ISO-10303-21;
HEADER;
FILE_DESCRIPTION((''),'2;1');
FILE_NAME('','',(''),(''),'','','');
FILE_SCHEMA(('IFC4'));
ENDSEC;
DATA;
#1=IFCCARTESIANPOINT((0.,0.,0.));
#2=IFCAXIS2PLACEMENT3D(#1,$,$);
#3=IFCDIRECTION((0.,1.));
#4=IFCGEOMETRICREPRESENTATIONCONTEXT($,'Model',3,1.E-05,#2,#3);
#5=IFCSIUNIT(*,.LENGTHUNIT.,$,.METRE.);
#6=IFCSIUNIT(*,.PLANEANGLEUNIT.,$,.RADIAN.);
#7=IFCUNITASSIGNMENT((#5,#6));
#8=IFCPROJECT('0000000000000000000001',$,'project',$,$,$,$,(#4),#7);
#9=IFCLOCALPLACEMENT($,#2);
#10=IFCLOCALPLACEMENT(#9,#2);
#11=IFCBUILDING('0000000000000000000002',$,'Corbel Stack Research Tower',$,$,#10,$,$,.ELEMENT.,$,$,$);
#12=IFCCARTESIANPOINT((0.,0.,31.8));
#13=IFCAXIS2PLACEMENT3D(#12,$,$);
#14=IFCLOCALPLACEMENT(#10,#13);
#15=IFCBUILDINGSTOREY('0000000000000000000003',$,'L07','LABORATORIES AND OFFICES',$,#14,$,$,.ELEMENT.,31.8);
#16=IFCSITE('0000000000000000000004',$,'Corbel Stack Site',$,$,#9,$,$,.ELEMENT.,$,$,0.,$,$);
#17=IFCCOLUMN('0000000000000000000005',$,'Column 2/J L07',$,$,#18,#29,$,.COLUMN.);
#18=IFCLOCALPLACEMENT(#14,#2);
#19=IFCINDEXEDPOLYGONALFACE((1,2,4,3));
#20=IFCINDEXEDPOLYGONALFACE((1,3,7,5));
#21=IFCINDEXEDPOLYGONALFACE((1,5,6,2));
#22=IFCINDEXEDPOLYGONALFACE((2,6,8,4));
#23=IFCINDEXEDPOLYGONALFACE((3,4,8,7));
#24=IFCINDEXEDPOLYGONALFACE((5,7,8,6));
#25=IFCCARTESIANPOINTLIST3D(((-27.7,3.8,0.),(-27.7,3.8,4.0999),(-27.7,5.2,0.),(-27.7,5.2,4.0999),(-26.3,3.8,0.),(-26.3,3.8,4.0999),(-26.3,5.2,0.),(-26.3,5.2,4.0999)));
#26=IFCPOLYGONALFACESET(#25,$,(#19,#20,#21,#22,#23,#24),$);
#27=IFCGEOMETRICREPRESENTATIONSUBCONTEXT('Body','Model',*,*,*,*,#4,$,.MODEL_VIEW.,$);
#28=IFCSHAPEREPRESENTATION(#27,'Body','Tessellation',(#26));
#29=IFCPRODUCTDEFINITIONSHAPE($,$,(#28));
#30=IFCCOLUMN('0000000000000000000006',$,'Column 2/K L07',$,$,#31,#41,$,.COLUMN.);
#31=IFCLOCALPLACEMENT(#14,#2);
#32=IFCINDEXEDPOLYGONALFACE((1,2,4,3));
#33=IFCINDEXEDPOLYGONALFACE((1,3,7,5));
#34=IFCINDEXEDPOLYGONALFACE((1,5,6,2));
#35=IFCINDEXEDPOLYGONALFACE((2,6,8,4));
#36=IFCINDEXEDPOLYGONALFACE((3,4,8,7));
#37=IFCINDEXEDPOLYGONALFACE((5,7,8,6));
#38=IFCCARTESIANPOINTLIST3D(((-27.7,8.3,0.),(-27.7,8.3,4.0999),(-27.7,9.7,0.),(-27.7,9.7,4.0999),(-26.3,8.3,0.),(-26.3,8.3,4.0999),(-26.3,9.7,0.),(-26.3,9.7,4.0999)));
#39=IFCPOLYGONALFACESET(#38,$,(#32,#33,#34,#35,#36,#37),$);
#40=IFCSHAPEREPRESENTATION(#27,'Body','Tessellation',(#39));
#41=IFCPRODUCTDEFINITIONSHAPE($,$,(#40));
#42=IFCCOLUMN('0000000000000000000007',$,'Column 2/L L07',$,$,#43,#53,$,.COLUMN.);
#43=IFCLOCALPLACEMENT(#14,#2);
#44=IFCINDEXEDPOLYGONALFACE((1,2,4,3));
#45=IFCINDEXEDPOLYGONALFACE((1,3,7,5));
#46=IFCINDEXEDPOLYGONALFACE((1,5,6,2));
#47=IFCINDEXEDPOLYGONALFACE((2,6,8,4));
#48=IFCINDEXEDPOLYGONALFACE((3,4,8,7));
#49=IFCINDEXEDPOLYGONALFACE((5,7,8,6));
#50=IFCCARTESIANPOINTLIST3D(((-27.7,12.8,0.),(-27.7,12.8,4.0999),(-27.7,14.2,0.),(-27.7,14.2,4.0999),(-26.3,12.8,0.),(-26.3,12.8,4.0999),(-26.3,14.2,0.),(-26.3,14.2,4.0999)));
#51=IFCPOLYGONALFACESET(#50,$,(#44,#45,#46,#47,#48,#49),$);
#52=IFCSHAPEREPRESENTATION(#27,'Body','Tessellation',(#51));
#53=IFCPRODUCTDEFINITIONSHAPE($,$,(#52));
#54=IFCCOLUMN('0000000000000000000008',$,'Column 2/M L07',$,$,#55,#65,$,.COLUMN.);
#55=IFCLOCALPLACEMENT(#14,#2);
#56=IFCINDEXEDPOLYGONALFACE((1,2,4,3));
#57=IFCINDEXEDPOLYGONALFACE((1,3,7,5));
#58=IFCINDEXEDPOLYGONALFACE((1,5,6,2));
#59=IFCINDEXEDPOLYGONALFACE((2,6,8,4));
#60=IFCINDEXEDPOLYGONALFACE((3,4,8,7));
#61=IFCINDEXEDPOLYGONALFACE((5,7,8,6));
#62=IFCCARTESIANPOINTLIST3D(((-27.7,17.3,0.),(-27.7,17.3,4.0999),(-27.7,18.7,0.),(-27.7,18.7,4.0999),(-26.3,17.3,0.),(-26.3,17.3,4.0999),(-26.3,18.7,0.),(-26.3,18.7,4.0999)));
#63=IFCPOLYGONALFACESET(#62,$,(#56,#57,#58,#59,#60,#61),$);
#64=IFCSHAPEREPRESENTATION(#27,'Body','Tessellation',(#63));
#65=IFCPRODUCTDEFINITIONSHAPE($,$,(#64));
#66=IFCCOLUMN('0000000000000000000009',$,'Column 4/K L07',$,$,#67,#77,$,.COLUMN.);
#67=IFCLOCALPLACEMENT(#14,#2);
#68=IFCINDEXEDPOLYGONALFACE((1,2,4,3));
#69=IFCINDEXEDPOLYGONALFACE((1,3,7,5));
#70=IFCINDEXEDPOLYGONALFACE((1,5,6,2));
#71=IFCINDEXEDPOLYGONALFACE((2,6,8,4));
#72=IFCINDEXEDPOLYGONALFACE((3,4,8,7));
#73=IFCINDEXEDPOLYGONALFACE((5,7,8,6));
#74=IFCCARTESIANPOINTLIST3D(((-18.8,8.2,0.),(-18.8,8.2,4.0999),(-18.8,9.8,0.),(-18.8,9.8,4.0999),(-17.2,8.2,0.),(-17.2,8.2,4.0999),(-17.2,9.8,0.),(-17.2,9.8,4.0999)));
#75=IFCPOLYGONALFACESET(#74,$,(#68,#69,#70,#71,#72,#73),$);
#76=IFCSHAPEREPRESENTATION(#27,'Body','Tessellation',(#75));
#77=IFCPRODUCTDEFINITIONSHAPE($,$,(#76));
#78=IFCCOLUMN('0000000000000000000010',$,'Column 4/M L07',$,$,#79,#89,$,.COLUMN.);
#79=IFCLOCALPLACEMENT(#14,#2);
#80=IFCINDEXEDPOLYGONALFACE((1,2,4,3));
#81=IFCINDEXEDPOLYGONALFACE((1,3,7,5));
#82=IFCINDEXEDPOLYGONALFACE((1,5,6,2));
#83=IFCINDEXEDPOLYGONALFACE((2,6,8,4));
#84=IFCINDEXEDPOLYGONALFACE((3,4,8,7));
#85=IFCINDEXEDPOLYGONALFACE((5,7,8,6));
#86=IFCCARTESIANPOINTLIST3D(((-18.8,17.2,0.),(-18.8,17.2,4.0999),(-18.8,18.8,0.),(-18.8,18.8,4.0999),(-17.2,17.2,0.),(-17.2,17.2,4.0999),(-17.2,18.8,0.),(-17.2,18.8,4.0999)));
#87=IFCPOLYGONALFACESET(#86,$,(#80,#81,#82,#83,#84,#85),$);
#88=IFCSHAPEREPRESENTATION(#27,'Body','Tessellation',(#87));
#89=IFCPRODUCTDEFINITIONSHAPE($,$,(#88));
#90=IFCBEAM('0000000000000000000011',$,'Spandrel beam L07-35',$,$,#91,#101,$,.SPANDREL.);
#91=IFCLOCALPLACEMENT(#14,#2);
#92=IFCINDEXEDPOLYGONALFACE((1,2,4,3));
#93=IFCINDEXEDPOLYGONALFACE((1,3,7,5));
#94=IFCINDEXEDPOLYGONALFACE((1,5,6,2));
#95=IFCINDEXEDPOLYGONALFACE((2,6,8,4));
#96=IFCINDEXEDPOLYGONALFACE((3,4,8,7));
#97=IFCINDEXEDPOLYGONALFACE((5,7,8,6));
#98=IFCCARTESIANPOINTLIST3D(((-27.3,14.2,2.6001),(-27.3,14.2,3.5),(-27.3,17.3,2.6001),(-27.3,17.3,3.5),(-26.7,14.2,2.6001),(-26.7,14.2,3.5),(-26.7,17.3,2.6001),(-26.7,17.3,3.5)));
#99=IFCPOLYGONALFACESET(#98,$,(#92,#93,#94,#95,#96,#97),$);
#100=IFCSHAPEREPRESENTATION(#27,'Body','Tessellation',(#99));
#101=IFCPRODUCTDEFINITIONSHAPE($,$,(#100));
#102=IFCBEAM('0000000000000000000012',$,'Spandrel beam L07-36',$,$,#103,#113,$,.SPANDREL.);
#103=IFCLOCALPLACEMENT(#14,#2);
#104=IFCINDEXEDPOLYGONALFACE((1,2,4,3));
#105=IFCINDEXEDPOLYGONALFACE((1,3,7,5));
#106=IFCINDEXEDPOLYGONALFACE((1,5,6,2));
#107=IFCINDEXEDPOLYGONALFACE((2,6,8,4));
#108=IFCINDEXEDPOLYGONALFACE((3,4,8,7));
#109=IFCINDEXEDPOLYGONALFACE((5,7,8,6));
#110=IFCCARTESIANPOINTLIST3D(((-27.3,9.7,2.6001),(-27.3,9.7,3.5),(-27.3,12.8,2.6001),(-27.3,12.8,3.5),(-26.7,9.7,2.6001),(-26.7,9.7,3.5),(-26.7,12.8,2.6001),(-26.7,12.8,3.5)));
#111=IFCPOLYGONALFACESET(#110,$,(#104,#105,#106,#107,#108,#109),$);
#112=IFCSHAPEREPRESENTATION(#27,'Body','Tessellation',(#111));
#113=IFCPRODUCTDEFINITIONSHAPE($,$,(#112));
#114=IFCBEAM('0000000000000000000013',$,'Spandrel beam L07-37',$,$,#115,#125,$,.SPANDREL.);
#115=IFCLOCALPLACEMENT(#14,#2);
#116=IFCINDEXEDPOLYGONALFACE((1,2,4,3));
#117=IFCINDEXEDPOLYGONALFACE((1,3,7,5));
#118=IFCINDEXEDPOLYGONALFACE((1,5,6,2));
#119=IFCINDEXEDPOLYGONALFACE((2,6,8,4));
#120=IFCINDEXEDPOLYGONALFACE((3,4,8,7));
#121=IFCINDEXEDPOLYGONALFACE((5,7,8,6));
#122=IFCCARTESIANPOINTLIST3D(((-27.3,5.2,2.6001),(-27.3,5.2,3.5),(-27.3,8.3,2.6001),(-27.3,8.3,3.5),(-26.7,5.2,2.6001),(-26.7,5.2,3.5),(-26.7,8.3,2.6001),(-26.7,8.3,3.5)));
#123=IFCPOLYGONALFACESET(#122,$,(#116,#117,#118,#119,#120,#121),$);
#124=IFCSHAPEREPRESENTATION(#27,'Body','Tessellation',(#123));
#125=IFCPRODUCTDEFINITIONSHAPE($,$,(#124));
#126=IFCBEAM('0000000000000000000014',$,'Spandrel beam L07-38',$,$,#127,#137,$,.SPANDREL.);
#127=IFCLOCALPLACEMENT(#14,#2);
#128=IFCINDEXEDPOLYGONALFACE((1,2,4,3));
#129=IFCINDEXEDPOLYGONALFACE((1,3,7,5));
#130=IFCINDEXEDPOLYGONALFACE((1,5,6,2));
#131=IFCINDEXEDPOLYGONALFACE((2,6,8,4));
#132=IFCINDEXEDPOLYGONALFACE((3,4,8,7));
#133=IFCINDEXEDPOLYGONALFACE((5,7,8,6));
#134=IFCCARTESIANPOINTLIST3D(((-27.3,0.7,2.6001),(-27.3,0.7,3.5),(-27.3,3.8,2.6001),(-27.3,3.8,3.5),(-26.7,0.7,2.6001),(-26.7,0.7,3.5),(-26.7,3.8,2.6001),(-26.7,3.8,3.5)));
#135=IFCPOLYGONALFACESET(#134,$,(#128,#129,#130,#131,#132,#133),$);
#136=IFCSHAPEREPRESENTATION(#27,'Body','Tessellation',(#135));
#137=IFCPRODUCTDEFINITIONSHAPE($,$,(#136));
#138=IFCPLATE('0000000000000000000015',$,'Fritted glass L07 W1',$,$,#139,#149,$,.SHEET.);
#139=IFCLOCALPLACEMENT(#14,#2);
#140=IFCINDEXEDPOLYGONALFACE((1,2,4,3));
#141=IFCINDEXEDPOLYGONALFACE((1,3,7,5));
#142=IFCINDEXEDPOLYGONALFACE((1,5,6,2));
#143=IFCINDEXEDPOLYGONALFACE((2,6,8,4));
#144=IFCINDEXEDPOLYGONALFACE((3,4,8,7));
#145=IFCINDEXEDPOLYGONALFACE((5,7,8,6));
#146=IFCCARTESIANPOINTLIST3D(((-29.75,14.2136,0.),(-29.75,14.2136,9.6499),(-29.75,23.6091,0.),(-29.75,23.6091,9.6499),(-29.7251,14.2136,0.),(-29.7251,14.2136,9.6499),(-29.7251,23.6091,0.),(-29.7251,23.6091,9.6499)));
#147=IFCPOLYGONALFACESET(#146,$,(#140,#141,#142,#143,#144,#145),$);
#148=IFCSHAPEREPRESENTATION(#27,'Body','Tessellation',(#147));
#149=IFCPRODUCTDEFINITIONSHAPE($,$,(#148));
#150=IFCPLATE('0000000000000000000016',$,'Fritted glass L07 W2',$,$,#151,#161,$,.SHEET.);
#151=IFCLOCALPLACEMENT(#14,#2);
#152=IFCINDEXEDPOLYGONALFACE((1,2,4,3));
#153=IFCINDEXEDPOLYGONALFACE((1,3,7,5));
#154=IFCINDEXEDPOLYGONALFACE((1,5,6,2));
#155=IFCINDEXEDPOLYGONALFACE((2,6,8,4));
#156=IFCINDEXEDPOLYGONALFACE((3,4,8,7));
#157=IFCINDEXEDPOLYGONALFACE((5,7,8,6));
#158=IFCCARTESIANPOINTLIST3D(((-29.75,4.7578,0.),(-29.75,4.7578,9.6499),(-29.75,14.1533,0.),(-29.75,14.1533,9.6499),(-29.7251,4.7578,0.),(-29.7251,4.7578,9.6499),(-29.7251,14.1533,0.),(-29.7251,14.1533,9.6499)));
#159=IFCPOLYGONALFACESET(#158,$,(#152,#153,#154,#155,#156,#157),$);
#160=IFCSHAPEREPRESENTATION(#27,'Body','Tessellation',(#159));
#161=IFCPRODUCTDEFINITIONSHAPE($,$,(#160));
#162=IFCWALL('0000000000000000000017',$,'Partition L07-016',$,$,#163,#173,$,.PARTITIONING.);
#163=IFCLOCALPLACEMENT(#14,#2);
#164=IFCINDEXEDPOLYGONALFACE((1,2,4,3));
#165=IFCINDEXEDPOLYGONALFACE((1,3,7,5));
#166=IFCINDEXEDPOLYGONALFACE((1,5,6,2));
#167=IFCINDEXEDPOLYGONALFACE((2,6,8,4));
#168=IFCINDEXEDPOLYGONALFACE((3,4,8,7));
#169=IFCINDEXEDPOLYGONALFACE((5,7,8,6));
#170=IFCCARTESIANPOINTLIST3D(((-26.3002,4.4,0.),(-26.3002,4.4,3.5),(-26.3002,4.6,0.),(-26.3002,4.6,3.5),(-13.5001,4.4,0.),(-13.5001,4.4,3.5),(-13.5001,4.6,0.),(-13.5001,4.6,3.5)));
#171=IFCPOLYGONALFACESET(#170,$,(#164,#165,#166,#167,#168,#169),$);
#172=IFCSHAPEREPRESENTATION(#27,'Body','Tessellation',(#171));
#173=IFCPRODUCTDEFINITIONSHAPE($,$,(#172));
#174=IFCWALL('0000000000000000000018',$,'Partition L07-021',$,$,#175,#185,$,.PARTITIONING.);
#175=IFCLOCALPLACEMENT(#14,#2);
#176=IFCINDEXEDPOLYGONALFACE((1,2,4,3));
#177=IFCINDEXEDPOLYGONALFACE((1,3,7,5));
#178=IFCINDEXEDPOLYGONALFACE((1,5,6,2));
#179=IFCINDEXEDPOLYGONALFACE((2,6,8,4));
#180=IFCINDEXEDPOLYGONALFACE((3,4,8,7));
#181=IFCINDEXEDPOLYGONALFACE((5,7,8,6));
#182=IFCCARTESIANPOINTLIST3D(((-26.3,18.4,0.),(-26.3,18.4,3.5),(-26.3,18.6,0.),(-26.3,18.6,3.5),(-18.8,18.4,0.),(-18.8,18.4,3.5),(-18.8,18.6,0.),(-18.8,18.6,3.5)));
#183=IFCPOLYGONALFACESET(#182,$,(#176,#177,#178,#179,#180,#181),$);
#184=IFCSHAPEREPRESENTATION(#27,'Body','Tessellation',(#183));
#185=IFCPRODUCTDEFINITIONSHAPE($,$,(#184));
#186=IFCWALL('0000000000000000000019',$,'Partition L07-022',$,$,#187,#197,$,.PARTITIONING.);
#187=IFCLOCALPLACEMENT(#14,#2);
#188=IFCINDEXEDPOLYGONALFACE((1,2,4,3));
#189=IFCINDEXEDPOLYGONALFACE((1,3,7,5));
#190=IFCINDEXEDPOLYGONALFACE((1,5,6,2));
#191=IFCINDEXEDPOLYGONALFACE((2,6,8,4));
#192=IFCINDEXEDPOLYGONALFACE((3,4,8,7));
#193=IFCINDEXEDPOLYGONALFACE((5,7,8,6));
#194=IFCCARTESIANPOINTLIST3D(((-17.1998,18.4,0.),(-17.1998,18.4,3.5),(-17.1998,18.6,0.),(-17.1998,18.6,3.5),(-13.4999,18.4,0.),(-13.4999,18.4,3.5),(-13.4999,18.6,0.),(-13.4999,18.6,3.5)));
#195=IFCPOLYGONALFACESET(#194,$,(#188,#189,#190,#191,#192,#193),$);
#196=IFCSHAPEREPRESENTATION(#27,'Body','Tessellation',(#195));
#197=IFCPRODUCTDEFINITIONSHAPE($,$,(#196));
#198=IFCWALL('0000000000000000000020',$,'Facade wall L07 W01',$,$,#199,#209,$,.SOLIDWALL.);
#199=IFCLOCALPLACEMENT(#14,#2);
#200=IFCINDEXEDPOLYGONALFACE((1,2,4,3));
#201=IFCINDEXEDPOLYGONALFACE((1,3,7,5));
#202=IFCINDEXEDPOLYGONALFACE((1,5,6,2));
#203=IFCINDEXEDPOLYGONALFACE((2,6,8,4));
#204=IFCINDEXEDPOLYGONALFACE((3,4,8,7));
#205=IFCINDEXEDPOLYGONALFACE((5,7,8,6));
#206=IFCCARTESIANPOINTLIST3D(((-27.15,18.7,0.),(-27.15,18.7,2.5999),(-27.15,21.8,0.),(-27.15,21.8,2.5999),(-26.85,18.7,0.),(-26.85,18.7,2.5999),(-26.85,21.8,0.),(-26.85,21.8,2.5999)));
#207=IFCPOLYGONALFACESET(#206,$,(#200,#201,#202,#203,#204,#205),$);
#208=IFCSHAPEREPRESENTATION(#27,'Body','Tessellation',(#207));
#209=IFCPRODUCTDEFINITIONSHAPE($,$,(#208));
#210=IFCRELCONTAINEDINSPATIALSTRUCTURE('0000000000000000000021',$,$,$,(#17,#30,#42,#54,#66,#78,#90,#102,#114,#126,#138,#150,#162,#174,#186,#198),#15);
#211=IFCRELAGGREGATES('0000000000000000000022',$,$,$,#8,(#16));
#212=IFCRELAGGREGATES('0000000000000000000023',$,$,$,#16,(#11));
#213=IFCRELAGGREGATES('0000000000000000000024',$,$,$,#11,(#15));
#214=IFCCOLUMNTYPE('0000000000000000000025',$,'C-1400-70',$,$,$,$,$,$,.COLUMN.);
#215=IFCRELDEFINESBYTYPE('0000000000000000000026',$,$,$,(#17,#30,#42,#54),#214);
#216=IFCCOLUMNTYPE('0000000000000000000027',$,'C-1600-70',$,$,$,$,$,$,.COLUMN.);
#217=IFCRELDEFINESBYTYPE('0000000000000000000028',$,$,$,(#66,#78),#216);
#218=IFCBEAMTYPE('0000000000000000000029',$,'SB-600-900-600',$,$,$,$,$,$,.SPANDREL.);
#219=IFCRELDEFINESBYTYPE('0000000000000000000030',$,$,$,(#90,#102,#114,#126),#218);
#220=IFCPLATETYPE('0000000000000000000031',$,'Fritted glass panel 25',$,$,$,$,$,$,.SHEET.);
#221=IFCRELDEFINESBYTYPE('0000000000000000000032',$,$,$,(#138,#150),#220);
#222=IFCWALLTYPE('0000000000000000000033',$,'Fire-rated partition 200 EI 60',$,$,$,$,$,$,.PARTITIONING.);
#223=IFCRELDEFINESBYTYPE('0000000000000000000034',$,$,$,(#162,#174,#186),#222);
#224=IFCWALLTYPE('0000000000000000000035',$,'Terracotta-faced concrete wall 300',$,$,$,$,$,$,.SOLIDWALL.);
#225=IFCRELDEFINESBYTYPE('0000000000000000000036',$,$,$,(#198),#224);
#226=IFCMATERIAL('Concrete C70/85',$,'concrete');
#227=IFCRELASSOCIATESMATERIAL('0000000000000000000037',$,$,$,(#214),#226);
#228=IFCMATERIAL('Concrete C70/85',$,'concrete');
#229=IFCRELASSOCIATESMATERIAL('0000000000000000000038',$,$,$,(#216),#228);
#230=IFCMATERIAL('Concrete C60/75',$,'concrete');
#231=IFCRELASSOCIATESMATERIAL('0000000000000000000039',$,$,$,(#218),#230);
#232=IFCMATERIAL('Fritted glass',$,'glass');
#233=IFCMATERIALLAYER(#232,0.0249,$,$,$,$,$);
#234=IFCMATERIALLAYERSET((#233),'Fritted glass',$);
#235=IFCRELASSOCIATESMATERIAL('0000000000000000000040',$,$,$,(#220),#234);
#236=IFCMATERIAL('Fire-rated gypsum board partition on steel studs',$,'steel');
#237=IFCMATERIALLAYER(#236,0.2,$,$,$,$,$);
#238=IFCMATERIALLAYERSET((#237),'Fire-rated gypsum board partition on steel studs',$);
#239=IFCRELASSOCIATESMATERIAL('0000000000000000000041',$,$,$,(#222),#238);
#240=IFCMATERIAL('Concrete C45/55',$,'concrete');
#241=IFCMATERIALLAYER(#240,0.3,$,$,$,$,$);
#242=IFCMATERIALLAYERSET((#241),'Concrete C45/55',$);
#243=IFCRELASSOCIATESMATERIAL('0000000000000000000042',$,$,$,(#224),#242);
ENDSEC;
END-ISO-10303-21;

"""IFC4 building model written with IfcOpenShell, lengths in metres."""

from ifc_helpers import new_model, si_unit, direction, frame, frame_2d, origin, origin_2d, place, context, subcontext, project, spatial, rectangle, extrude, material, layer, layer_set, material_profile, profile_set, type_object, element, save


model = new_model("IFC4")

# Units and contexts
model_context = context("Model", 3, precision=1e-05, world=origin(), true_north=direction((0.0, 1.0)))
body_context = subcontext(model_context, "Body", "Model", "MODEL_VIEW")
ifc_project = project(units=[si_unit("LENGTHUNIT", "METRE"), si_unit("PLANEANGLEUNIT", "RADIAN")], contexts=[model_context])

# Site, building, storey
site_placement = place(None, origin())
site = spatial("IfcSite", under=ifc_project, at=site_placement, Name="Corbel Stack Site", CompositionType="ELEMENT", RefElevation=0.0)
building_placement = place(site_placement, origin())
building = spatial("IfcBuilding", under=site, at=building_placement, Name="Corbel Stack Research Tower", CompositionType="ELEMENT")
storey_placement = place(building_placement, frame((0.0, 0.0, 31.8)))
storey = spatial("IfcBuildingStorey", under=building, at=storey_placement, Name="L07", Description="LABORATORIES AND OFFICES", CompositionType="ELEMENT", Elevation=31.8)

# Columns
ifc_material_1 = material(Name="Concrete C70/85", Category="concrete")
ifc_material_profile_1 = material_profile(ifc_material_1, rectangle(XDim=1.3999, YDim=1.3999, at=origin_2d()), Name="RC 1400 x 1400")
ifc_profile_set_1 = profile_set([ifc_material_profile_1], Name="Concrete C70/85")
column_type_1 = type_object("IfcColumnType", Name="C-1400-70", PredefinedType="COLUMN", material=ifc_profile_set_1)
for number, where, z_axis, x_axis, name in (
    (1, (-27.0, 4.5, 0.0), (0.0, 0.0, 1.0), (1.0, 0.0, 0.0), "Column 2/J L07"),
    (2, (-27.0, 9.0, 0.0), (0.0, 0.0, 1.0), (1.0, 0.0, 0.0), "Column 2/K L07"),
    (3, (-27.0, 13.5, 0.0), (0.0, 0.0, 1.0), (1.0, 0.0, 0.0), "Column 2/L L07"),
    (4, (-27.0, 18.0, 0.0), (0.0, 0.0, 1.0), (1.0, 0.0, 0.0), "Column 2/M L07"),
):
    element("IfcColumn", number, at=place(storey_placement, frame(where, z_axis=z_axis, x_axis=x_axis)), inside=storey, type_object=column_type_1, Name=name, PredefinedType="COLUMN", context=body_context, shape_type="SweptSolid", body=[
        extrude(rectangle(XDim=1.3999, YDim=1.3999, at=origin_2d()), origin(), (0.0, 0.0, 1.0), 4.0999),
    ])
ifc_material_2 = material(Name="Concrete C70/85", Category="concrete")
ifc_material_profile_2 = material_profile(ifc_material_2, rectangle(XDim=1.6001, YDim=1.6001, at=origin_2d()), Name="RC 1600 x 1600")
ifc_profile_set_2 = profile_set([ifc_material_profile_2], Name="Concrete C70/85")
column_type_2 = type_object("IfcColumnType", Name="C-1600-70", PredefinedType="COLUMN", material=ifc_profile_set_2)
for number, where, z_axis, x_axis, name in (
    (5, (-18.0, 9.0, 0.0), (0.0, 0.0, 1.0), (1.0, 0.0, 0.0), "Column 4/K L07"),
    (6, (-18.0, 18.0, 0.0), (0.0, 0.0, 1.0), (1.0, 0.0, 0.0), "Column 4/M L07"),
):
    element("IfcColumn", number, at=place(storey_placement, frame(where, z_axis=z_axis, x_axis=x_axis)), inside=storey, type_object=column_type_2, Name=name, PredefinedType="COLUMN", context=body_context, shape_type="SweptSolid", body=[
        extrude(rectangle(XDim=1.6001, YDim=1.6001, at=origin_2d()), origin(), (0.0, 0.0, 1.0), 4.0999),
    ])

# Beams
ifc_material_3 = material(Name="Concrete C60/75", Category="concrete")
ifc_material_profile_3 = material_profile(ifc_material_3, rectangle(XDim=0.6001, YDim=0.8999, at=origin_2d()), Name="RC 600 x 900")
ifc_profile_set_3 = profile_set([ifc_material_profile_3], Name="Concrete C60/75")
beam_type = type_object("IfcBeamType", Name="SB-600-900-600", PredefinedType="SPANDREL", material=ifc_profile_set_3)
for number, where, z_axis, x_axis, name in (
    (7, (-27.0, 17.3, 3.05), (0.0, -1.0, 0.0), (1.0, 0.0, 0.0), "Spandrel beam L07-35"),
    (8, (-27.0, 12.8, 3.05), (0.0, -1.0, 0.0), (1.0, 0.0, 0.0), "Spandrel beam L07-36"),
    (9, (-27.0, 8.3, 3.05), (0.0, -1.0, 0.0), (1.0, 0.0, 0.0), "Spandrel beam L07-37"),
    (10, (-27.0, 3.8, 3.05), (0.0, -1.0, 0.0), (1.0, 0.0, 0.0), "Spandrel beam L07-38"),
):
    element("IfcBeam", number, at=place(storey_placement, frame(where, z_axis=z_axis, x_axis=x_axis)), inside=storey, type_object=beam_type, Name=name, PredefinedType="SPANDREL", context=body_context, shape_type="SweptSolid", body=[
        extrude(rectangle(XDim=0.6001, YDim=0.8999, at=origin_2d()), origin(), (0.0, 0.0, 1.0), 3.1001),
    ])

# Plates
ifc_material_4 = material(Name="Fritted glass", Category="glass")
ifc_layer_1 = layer(ifc_material_4, 0.0249)
ifc_layer_set_1 = layer_set([ifc_layer_1], Name="Fritted glass")
plate_type = type_object("IfcPlateType", Name="Fritted glass panel 25", PredefinedType="SHEET", material=ifc_layer_set_1)
for number, where, z_axis, x_axis, name in (
    (11, (-29.7375, 18.9114, 0.0), (0.0, 0.0, 1.0), (0.0, -1.0, 0.0), "Fritted glass L07 W1"),
    (12, (-29.7375, 9.4556, 0.0), (0.0, 0.0, 1.0), (0.0, -1.0, 0.0), "Fritted glass L07 W2"),
):
    element("IfcPlate", number, at=place(storey_placement, frame(where, z_axis=z_axis, x_axis=x_axis)), inside=storey, type_object=plate_type, Name=name, PredefinedType="SHEET", context=body_context, shape_type="SweptSolid", body=[
        extrude(rectangle(XDim=9.3955, YDim=0.0249, at=origin_2d()), origin(), (0.0, 0.0, 1.0), 9.6499),
    ])

# Walls
ifc_material_5 = material(Name="Fire-rated gypsum board partition on steel studs", Category="steel")
ifc_layer_2 = layer(ifc_material_5, 0.2)
ifc_layer_set_2 = layer_set([ifc_layer_2], Name="Fire-rated gypsum board partition on steel studs")
wall_type_1 = type_object("IfcWallType", Name="Fire-rated partition 200 EI 60", PredefinedType="PARTITIONING", material=ifc_layer_set_2)
wall_1_placement = place(storey_placement, frame((-26.3, 4.5, 0.0), z_axis=(0.0, 0.0, 1.0), x_axis=(1.0, 0.0, 0.0)))
element("IfcWall", 13, at=wall_1_placement, inside=storey, type_object=wall_type_1, Name="Partition L07-016", PredefinedType="PARTITIONING", context=body_context, shape_type="SweptSolid", body=[
    extrude(rectangle(XDim=12.8, YDim=0.2, at=frame_2d((6.3999, 0.0))), origin(), (0.0, 0.0, 1.0), 3.5),
])
wall_2_placement = place(storey_placement, frame((-26.3, 18.5, 0.0), z_axis=(0.0, 0.0, 1.0), x_axis=(1.0, 0.0, 0.0)))
element("IfcWall", 14, at=wall_2_placement, inside=storey, type_object=wall_type_1, Name="Partition L07-021", PredefinedType="PARTITIONING", context=body_context, shape_type="SweptSolid", body=[
    extrude(rectangle(XDim=7.5, YDim=0.2, at=frame_2d((3.75, 0.0))), origin(), (0.0, 0.0, 1.0), 3.5),
])
wall_3_placement = place(storey_placement, frame((-17.2, 18.5, 0.0), z_axis=(0.0, 0.0, 1.0), x_axis=(1.0, 0.0, 0.0)))
element("IfcWall", 15, at=wall_3_placement, inside=storey, type_object=wall_type_1, Name="Partition L07-022", PredefinedType="PARTITIONING", context=body_context, shape_type="SweptSolid", body=[
    extrude(rectangle(XDim=3.7, YDim=0.2, at=frame_2d((1.8501, 0.0))), origin(), (0.0, 0.0, 1.0), 3.5),
])
ifc_material_6 = material(Name="Concrete C45/55", Category="concrete")
ifc_layer_3 = layer(ifc_material_6, 0.3)
ifc_layer_set_3 = layer_set([ifc_layer_3], Name="Concrete C45/55")
wall_type_2 = type_object("IfcWallType", Name="Terracotta-faced concrete wall 300", PredefinedType="SOLIDWALL", material=ifc_layer_set_3)
wall_4_placement = place(storey_placement, frame((-27.0, 18.7, 0.0), z_axis=(0.0, 0.0, 1.0), x_axis=(0.0, 1.0, 0.0)))
element("IfcWall", 16, at=wall_4_placement, inside=storey, type_object=wall_type_2, Name="Facade wall L07 W01", PredefinedType="SOLIDWALL", context=body_context, shape_type="SweptSolid", body=[
    extrude(rectangle(XDim=3.1001, YDim=0.3, at=frame_2d((1.55, 0.0))), origin(), (0.0, 0.0, 1.0), 2.5999),
])

save(model, "model.ifc")
